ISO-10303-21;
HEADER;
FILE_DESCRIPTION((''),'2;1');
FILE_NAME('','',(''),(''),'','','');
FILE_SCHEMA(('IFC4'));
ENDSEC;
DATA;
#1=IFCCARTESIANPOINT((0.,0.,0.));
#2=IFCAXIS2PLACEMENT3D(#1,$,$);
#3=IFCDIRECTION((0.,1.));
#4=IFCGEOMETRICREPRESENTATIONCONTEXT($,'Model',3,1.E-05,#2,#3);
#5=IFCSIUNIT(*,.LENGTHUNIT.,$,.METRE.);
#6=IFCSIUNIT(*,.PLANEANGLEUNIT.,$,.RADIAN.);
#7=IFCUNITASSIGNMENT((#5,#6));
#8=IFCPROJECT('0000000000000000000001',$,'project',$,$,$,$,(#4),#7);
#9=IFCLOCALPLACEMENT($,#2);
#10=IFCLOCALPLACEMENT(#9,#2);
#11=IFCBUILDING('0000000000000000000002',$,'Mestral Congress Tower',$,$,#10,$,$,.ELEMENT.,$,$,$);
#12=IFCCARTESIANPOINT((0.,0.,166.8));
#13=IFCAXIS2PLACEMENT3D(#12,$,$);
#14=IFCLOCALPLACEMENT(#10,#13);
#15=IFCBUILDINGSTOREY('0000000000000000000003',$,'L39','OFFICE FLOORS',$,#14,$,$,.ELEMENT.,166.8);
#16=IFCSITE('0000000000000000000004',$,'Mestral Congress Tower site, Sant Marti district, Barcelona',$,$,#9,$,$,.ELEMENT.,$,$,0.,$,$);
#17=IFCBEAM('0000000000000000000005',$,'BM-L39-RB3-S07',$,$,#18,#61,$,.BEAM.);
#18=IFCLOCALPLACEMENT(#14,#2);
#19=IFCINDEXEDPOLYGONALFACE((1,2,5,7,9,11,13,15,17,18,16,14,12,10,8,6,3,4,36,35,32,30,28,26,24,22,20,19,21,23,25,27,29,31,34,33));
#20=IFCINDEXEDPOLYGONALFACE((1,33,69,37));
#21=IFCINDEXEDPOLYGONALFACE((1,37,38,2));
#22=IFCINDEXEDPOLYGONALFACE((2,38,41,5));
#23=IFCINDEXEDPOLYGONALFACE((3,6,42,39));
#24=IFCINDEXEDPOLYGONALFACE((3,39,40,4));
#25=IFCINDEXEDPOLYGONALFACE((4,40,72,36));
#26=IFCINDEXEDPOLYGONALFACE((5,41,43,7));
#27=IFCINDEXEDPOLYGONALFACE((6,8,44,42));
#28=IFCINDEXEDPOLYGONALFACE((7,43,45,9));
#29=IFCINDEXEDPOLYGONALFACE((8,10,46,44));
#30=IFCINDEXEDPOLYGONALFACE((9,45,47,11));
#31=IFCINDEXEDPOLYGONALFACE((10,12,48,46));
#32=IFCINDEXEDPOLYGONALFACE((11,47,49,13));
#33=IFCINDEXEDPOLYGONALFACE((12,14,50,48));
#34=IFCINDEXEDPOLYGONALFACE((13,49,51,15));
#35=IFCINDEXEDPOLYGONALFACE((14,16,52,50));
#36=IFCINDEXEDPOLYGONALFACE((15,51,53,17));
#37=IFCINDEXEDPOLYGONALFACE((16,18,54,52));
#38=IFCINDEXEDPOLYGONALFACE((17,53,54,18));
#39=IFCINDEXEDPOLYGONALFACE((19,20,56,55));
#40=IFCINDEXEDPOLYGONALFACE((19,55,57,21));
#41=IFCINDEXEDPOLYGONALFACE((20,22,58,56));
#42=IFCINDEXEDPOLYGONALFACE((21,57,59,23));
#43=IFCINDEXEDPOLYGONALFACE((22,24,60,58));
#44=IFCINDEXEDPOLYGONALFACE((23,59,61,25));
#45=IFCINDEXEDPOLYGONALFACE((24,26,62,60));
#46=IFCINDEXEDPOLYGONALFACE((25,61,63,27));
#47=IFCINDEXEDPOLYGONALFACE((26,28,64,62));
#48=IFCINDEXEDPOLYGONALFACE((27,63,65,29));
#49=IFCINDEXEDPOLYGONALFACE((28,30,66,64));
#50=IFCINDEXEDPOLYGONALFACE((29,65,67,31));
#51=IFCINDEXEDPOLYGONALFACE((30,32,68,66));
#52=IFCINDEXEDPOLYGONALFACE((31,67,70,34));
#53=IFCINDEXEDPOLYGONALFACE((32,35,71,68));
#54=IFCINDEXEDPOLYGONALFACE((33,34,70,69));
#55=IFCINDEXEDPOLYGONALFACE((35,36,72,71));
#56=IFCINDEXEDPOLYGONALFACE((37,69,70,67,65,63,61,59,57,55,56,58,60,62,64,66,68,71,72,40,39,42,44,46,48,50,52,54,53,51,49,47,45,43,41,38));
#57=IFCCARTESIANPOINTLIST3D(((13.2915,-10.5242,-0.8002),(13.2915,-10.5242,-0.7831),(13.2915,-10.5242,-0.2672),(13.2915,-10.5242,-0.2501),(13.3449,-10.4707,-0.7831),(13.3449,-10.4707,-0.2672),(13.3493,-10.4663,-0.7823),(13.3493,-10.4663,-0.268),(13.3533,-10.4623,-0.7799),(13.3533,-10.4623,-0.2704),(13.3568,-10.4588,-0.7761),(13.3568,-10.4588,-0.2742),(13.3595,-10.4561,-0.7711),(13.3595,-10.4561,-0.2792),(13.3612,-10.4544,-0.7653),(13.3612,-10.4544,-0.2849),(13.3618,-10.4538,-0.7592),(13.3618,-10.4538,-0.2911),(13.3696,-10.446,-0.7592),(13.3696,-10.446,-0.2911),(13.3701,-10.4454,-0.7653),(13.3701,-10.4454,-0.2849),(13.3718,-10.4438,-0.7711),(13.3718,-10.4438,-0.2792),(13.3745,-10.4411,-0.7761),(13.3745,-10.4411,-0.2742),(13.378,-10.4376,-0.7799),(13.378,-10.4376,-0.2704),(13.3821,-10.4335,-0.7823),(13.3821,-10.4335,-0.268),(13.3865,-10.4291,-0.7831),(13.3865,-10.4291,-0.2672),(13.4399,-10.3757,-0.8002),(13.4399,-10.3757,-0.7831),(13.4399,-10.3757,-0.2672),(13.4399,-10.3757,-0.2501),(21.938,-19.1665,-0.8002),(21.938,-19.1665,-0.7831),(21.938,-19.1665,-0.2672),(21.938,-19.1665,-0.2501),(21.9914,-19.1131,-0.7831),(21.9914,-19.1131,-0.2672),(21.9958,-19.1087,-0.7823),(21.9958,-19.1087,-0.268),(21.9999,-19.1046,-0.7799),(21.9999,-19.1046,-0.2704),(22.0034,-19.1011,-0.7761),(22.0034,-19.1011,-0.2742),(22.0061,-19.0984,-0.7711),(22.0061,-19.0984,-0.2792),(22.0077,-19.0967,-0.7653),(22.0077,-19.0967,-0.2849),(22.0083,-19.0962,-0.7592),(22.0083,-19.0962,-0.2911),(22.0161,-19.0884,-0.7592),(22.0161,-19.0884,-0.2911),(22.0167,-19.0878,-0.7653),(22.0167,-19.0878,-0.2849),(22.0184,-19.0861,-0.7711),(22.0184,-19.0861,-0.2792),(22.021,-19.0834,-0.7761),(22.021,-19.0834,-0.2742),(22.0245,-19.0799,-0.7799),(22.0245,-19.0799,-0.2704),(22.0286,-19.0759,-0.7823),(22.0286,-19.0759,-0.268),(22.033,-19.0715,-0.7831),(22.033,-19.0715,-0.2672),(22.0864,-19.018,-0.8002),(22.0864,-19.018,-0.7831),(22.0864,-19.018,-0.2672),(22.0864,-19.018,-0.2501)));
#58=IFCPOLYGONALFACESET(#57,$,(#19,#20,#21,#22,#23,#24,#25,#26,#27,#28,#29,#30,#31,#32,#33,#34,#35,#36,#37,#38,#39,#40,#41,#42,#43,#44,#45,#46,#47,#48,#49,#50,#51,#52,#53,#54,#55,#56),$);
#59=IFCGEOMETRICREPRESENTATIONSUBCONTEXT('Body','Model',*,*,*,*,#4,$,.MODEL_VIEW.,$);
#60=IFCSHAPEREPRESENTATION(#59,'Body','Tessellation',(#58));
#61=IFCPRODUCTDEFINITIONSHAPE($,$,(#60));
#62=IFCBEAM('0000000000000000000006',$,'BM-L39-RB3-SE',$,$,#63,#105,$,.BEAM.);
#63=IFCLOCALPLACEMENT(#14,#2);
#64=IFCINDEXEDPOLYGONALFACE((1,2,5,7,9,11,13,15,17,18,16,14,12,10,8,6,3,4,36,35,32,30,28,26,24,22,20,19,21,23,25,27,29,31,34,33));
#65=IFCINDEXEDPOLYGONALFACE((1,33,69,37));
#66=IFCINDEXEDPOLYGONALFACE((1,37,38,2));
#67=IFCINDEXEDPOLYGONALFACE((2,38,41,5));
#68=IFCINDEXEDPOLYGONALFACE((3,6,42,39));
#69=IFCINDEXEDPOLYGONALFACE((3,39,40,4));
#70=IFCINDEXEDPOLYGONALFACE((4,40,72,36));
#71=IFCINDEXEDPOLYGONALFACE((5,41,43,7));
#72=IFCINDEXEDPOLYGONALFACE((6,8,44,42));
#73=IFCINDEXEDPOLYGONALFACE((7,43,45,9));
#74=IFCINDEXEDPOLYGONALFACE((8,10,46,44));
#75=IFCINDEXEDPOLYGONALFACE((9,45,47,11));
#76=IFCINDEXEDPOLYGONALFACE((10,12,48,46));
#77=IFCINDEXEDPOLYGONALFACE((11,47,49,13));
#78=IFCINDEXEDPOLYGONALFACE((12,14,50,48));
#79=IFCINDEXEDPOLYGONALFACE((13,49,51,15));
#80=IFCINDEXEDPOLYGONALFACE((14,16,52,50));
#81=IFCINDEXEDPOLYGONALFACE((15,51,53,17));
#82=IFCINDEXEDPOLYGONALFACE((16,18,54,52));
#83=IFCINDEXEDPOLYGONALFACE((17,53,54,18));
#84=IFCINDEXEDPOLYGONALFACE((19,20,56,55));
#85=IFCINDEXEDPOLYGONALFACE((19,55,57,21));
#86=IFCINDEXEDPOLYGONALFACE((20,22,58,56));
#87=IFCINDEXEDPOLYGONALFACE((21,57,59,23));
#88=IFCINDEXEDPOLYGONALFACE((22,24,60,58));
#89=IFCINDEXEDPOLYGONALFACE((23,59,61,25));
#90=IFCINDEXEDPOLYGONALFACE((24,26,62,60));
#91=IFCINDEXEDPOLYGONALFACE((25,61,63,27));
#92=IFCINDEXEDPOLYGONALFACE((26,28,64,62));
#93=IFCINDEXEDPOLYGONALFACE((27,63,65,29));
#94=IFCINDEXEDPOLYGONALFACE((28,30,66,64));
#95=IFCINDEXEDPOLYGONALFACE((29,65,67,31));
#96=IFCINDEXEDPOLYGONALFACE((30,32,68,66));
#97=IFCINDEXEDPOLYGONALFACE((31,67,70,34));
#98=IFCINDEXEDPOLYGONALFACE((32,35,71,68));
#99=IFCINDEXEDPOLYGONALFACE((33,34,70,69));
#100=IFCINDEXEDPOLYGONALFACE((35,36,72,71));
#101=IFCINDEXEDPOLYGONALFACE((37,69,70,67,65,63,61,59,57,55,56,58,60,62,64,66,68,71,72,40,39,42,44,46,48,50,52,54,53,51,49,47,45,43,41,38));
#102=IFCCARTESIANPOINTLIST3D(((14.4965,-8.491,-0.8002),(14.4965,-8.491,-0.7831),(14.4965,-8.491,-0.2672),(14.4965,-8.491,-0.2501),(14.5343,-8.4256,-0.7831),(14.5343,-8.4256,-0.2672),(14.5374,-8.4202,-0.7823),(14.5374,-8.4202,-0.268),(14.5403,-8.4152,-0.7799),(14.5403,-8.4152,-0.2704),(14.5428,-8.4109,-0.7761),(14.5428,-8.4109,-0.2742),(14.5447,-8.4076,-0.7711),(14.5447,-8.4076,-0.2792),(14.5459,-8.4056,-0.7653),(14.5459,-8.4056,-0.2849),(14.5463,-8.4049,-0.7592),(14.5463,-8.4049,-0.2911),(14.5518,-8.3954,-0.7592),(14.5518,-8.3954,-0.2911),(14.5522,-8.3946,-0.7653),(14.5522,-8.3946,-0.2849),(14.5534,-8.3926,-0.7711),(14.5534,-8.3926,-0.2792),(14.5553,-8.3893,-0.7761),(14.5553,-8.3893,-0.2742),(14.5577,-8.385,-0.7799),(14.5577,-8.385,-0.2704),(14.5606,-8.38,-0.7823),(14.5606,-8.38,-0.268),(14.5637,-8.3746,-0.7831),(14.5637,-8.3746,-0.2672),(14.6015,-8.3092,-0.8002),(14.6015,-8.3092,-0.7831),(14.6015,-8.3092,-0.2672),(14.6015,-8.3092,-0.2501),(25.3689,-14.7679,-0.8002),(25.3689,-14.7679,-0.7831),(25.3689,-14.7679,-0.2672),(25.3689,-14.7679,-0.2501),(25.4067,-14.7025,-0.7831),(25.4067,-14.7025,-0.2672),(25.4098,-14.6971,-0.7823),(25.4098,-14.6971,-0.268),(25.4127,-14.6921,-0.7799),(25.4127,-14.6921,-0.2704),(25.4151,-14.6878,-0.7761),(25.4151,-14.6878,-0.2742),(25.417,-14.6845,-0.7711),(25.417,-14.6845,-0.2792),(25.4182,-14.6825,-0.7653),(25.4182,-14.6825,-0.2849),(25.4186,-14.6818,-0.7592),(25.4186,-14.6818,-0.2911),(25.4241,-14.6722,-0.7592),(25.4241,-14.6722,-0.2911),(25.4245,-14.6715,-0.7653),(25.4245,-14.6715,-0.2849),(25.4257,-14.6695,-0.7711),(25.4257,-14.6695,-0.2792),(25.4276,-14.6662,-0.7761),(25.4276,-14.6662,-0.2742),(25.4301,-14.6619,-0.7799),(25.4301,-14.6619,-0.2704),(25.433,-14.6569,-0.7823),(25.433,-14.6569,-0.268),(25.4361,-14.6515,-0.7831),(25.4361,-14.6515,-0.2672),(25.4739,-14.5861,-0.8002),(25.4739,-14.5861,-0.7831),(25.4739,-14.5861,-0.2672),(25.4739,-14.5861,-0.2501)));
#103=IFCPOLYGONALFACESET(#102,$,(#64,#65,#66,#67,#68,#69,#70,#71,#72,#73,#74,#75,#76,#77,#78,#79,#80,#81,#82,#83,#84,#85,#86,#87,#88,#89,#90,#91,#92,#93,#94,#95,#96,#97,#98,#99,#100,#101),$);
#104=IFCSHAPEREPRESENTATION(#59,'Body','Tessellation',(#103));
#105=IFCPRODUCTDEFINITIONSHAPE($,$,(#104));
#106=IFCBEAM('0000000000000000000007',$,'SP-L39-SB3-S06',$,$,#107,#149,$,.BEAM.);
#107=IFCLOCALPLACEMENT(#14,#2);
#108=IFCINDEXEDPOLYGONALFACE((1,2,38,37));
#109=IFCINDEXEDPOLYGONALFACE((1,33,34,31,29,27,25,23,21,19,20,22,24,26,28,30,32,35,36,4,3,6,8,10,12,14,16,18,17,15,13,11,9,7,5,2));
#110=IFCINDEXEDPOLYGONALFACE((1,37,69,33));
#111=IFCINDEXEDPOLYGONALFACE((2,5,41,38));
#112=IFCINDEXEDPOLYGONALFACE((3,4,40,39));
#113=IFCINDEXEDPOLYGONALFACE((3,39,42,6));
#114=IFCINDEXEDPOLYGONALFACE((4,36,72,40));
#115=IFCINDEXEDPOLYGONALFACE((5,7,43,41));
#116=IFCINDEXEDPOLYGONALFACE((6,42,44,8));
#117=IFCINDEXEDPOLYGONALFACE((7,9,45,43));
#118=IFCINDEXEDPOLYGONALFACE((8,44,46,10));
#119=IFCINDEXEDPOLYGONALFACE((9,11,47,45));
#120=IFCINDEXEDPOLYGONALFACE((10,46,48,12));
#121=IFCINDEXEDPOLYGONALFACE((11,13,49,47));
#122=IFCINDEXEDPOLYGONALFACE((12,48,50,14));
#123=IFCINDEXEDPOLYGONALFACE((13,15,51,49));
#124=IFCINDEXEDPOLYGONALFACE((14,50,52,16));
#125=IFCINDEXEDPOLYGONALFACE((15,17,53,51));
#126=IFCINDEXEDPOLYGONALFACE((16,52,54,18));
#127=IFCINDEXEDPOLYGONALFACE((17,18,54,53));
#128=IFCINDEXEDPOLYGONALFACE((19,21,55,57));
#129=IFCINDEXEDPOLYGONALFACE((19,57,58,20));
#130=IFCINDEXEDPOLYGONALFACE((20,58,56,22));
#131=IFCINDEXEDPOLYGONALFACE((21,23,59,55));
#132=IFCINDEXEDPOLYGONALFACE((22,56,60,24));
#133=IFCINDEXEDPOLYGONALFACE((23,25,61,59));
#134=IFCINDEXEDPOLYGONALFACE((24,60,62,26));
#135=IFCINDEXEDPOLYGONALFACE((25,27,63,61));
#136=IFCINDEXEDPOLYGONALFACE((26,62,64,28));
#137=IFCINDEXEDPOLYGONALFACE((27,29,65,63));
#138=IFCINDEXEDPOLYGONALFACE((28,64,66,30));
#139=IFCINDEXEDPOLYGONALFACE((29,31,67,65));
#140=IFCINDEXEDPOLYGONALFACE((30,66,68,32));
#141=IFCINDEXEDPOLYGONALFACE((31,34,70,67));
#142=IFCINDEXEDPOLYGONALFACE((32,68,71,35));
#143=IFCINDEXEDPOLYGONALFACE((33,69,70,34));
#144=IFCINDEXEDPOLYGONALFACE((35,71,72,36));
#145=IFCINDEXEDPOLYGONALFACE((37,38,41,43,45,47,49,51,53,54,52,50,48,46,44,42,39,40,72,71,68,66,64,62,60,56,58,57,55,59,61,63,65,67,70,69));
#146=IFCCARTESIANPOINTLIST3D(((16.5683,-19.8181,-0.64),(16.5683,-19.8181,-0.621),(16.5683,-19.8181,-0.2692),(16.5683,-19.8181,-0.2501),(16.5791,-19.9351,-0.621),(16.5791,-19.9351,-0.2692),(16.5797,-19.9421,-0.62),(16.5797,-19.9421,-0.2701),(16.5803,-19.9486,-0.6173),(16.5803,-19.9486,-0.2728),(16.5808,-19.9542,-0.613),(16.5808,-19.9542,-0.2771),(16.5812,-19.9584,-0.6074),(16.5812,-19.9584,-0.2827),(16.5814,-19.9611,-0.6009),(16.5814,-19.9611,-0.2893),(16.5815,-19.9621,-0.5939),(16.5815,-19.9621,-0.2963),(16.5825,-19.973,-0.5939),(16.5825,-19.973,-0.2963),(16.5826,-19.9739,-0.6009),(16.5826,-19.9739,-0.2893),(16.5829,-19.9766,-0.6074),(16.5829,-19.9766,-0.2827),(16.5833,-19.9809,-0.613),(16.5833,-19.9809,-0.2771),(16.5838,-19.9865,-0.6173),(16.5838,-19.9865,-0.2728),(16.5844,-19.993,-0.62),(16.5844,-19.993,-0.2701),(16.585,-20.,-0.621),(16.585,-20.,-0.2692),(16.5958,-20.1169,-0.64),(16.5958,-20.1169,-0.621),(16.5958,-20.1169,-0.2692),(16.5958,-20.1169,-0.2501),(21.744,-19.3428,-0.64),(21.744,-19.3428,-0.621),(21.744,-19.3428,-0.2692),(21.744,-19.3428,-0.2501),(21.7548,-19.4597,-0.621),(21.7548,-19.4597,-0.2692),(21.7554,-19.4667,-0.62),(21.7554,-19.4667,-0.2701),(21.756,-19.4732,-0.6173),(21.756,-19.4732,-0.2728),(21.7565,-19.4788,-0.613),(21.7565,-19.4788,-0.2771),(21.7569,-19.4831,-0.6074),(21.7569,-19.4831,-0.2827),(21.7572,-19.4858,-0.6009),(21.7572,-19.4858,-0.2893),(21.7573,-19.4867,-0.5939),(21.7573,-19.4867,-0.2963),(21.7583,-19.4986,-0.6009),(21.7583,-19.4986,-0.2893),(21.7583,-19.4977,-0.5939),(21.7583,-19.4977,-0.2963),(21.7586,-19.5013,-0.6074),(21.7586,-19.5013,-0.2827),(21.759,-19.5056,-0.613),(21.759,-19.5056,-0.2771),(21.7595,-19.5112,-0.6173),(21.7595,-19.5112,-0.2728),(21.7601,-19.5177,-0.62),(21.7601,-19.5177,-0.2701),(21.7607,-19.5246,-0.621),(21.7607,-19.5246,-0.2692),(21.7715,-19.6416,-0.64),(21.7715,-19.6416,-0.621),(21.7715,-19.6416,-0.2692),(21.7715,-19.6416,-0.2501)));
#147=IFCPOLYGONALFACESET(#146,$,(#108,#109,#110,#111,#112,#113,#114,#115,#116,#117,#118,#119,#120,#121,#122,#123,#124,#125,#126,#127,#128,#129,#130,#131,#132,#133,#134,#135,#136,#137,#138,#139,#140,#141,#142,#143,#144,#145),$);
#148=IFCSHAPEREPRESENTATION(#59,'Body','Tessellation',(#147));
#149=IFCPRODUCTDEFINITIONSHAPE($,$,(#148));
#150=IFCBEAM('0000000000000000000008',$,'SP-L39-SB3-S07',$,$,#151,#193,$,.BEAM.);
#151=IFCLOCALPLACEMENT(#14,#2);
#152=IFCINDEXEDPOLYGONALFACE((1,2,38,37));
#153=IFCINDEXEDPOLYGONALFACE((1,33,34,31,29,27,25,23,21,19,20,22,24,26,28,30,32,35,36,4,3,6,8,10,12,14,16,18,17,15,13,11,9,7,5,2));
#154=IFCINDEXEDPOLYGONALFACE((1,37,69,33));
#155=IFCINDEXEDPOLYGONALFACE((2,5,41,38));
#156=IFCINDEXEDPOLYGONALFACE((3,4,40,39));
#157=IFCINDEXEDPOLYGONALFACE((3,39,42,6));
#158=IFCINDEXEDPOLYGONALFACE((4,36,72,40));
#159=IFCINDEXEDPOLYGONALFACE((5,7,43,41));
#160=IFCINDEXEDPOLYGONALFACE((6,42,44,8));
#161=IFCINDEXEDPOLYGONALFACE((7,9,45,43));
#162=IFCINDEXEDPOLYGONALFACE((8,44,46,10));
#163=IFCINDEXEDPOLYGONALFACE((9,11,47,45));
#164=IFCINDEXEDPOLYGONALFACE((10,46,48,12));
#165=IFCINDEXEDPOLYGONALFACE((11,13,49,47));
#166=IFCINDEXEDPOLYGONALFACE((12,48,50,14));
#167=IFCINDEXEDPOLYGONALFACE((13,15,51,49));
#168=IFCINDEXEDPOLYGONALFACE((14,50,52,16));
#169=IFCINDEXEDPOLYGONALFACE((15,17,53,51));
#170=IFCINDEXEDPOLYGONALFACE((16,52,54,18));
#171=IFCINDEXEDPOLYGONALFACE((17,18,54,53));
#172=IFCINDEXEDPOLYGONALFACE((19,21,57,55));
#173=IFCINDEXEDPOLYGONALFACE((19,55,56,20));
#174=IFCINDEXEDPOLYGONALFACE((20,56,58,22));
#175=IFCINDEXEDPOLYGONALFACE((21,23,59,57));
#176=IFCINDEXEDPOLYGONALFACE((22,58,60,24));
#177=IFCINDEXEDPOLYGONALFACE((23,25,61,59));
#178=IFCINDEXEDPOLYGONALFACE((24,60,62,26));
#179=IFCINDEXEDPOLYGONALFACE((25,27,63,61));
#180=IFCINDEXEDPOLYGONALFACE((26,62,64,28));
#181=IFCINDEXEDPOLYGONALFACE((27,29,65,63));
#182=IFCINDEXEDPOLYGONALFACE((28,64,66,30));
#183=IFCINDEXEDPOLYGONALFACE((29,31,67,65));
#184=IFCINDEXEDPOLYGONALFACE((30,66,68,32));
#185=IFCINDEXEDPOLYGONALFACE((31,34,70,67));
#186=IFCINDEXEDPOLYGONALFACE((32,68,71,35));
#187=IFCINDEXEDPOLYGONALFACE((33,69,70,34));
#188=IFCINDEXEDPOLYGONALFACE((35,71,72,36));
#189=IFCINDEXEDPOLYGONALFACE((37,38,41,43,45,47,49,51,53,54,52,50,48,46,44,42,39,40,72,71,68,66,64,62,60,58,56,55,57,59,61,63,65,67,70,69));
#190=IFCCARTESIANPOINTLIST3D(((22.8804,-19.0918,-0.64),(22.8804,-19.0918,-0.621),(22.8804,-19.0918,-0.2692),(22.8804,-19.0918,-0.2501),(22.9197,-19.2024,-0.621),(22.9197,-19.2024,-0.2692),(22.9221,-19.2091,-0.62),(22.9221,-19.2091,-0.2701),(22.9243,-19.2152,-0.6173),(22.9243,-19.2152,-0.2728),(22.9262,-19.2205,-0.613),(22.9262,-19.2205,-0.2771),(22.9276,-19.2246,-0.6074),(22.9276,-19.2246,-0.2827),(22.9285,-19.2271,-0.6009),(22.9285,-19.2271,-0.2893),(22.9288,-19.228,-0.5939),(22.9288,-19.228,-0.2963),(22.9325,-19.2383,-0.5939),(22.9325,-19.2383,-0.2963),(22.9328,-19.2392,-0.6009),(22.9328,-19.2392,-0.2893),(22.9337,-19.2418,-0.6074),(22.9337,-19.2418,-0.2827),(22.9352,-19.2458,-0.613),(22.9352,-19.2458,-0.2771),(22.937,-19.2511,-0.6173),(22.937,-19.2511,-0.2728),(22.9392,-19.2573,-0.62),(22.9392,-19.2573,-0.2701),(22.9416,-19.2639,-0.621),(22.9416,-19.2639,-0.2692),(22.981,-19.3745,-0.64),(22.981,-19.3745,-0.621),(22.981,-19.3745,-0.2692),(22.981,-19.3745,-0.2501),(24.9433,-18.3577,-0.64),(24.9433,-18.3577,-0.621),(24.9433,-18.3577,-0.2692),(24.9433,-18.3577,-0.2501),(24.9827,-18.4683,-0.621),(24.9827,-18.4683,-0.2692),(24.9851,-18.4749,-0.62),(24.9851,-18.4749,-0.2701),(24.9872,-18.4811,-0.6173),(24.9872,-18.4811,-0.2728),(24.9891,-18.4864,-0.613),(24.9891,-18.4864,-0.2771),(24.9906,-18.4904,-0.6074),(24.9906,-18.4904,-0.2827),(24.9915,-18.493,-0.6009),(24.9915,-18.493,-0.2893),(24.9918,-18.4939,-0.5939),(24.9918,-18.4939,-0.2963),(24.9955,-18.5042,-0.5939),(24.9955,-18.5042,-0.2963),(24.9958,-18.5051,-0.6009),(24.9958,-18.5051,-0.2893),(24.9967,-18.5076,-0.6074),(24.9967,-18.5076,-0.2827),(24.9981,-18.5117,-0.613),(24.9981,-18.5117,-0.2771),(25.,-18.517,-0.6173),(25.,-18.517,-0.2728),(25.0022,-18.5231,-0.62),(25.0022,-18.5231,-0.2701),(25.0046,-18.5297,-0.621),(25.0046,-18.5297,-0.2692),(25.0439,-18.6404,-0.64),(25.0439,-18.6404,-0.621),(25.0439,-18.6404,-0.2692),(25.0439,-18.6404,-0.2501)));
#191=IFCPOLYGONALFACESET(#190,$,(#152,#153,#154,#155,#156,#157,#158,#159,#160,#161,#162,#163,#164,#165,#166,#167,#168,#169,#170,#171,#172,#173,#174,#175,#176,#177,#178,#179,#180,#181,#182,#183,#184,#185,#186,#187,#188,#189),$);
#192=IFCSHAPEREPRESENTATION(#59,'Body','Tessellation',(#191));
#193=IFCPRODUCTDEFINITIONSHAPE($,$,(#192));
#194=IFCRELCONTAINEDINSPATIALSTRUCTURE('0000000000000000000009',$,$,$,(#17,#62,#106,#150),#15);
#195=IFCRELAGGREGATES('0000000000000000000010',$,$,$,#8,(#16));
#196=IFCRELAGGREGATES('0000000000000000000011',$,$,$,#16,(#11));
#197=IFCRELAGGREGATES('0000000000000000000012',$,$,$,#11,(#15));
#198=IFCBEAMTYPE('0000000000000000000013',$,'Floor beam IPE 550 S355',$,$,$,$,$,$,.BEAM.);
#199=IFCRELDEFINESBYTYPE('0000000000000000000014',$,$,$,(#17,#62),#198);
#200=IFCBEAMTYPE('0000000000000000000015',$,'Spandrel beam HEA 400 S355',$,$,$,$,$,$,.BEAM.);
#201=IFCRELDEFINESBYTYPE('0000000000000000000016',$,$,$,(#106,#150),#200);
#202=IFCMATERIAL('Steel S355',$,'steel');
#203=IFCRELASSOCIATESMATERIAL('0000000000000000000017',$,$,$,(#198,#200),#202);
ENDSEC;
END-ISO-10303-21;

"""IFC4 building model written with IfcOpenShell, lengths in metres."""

from ifc_helpers import new_model, si_unit, direction, frame, origin, origin_2d, place, context, subcontext, project, spatial, i_section, extrude, material, material_profile, profile_set, type_object, element, save


model = new_model("IFC4")

# Units and contexts
model_context = context("Model", 3, precision=1e-05, world=origin(), true_north=direction((0.0, 1.0)))
body_context = subcontext(model_context, "Body", "Model", "MODEL_VIEW")
ifc_project = project(units=[si_unit("LENGTHUNIT", "METRE"), si_unit("PLANEANGLEUNIT", "RADIAN")], contexts=[model_context])

# Site, building, storey
site_placement = place(None, origin())
site = spatial("IfcSite", under=ifc_project, at=site_placement, Name="Mestral Congress Tower site, Sant Marti district, Barcelona", CompositionType="ELEMENT", RefElevation=0.0)
building_placement = place(site_placement, origin())
building = spatial("IfcBuilding", under=site, at=building_placement, Name="Mestral Congress Tower", CompositionType="ELEMENT")
storey_placement = place(building_placement, frame((0.0, 0.0, 166.8)))
storey = spatial("IfcBuildingStorey", under=building, at=storey_placement, Name="L39", Description="OFFICE FLOORS", CompositionType="ELEMENT", Elevation=166.8)

# Beams
ifc_material_1 = material(Name="Steel S355", Category="steel")
ifc_material_profile_1 = material_profile(ifc_material_1, i_section(OverallWidth=0.21, OverallDepth=0.55, WebThickness=0.011, FlangeThickness=0.0171, FilletRadius=0.0239, at=origin_2d()), Name="IPE 550")
ifc_profile_set_1 = profile_set([ifc_material_profile_1], Name="Steel S355")
beam_type_1 = type_object("IfcBeamType", Name="Floor beam IPE 550 S355", PredefinedType="BEAM", material=ifc_profile_set_1)
beam_1_placement = place(storey_placement, frame((22.0122, -19.0923, -0.5251), z_axis=(-0.707277, 0.706937, 0.0), x_axis=(-0.706937, -0.707277, 0.0)))
element("IfcBeam", 1, at=beam_1_placement, inside=storey, type_object=beam_type_1, Name="BM-L39-RB3-S07", PredefinedType="BEAM", context=body_context, shape_type="SweptSolid", body=[
    extrude(i_section(OverallWidth=0.21, OverallDepth=0.55, WebThickness=0.011, FlangeThickness=0.0171, FilletRadius=0.0239, at=origin_2d()), origin(), (0.0, 0.0, 1.0), 12.2251),
])
beam_2_placement = place(storey_placement, frame((25.4214, -14.677, -0.5251), z_axis=(-0.866035, 0.499983, 0.0), x_axis=(-0.499983, -0.866035, 0.0)))
element("IfcBeam", 2, at=beam_2_placement, inside=storey, type_object=beam_type_1, Name="BM-L39-RB3-SE", PredefinedType="BEAM", context=body_context, shape_type="SweptSolid", body=[
    extrude(i_section(OverallWidth=0.21, OverallDepth=0.55, WebThickness=0.011, FlangeThickness=0.0171, FilletRadius=0.0239, at=origin_2d()), origin(), (0.0, 0.0, 1.0), 12.5542),
])
ifc_material_profile_2 = material_profile(ifc_material_1, i_section(OverallWidth=0.3, OverallDepth=0.3899, WebThickness=0.011, FlangeThickness=0.019, FilletRadius=0.0271, at=origin_2d()), Name="HEA 400")
ifc_profile_set_2 = profile_set([ifc_material_profile_2], Name="Steel S355")
beam_type_2 = type_object("IfcBeamType", Name="Spandrel beam HEA 400 S355", PredefinedType="BEAM", material=ifc_profile_set_2)
beam_3_placement = place(storey_placement, frame((16.582, -19.9675, -0.4451), z_axis=(0.995809, 0.091455, 0.0), x_axis=(-0.091455, 0.995809, 0.0)))
element("IfcBeam", 3, at=beam_3_placement, inside=storey, type_object=beam_type_2, Name="SP-L39-SB3-S06", PredefinedType="BEAM", context=body_context, shape_type="SweptSolid", body=[
    extrude(i_section(OverallWidth=0.3, OverallDepth=0.3899, WebThickness=0.011, FlangeThickness=0.019, FilletRadius=0.0271, at=origin_2d()), origin(), (0.0, 0.0, 1.0), 5.1975),
])
beam_4_placement = place(storey_placement, frame((22.9307, -19.2332, -0.4451), z_axis=(0.942125, 0.335263, 0.0), x_axis=(-0.335263, 0.942125, 0.0)))
element("IfcBeam", 4, at=beam_4_placement, inside=storey, type_object=beam_type_2, Name="SP-L39-SB3-S07", PredefinedType="BEAM", context=body_context, shape_type="SweptSolid", body=[
    extrude(i_section(OverallWidth=0.3, OverallDepth=0.3899, WebThickness=0.011, FlangeThickness=0.019, FilletRadius=0.0271, at=origin_2d()), origin(), (0.0, 0.0, 1.0), 2.1897),
])

save(model, "model.ifc")
